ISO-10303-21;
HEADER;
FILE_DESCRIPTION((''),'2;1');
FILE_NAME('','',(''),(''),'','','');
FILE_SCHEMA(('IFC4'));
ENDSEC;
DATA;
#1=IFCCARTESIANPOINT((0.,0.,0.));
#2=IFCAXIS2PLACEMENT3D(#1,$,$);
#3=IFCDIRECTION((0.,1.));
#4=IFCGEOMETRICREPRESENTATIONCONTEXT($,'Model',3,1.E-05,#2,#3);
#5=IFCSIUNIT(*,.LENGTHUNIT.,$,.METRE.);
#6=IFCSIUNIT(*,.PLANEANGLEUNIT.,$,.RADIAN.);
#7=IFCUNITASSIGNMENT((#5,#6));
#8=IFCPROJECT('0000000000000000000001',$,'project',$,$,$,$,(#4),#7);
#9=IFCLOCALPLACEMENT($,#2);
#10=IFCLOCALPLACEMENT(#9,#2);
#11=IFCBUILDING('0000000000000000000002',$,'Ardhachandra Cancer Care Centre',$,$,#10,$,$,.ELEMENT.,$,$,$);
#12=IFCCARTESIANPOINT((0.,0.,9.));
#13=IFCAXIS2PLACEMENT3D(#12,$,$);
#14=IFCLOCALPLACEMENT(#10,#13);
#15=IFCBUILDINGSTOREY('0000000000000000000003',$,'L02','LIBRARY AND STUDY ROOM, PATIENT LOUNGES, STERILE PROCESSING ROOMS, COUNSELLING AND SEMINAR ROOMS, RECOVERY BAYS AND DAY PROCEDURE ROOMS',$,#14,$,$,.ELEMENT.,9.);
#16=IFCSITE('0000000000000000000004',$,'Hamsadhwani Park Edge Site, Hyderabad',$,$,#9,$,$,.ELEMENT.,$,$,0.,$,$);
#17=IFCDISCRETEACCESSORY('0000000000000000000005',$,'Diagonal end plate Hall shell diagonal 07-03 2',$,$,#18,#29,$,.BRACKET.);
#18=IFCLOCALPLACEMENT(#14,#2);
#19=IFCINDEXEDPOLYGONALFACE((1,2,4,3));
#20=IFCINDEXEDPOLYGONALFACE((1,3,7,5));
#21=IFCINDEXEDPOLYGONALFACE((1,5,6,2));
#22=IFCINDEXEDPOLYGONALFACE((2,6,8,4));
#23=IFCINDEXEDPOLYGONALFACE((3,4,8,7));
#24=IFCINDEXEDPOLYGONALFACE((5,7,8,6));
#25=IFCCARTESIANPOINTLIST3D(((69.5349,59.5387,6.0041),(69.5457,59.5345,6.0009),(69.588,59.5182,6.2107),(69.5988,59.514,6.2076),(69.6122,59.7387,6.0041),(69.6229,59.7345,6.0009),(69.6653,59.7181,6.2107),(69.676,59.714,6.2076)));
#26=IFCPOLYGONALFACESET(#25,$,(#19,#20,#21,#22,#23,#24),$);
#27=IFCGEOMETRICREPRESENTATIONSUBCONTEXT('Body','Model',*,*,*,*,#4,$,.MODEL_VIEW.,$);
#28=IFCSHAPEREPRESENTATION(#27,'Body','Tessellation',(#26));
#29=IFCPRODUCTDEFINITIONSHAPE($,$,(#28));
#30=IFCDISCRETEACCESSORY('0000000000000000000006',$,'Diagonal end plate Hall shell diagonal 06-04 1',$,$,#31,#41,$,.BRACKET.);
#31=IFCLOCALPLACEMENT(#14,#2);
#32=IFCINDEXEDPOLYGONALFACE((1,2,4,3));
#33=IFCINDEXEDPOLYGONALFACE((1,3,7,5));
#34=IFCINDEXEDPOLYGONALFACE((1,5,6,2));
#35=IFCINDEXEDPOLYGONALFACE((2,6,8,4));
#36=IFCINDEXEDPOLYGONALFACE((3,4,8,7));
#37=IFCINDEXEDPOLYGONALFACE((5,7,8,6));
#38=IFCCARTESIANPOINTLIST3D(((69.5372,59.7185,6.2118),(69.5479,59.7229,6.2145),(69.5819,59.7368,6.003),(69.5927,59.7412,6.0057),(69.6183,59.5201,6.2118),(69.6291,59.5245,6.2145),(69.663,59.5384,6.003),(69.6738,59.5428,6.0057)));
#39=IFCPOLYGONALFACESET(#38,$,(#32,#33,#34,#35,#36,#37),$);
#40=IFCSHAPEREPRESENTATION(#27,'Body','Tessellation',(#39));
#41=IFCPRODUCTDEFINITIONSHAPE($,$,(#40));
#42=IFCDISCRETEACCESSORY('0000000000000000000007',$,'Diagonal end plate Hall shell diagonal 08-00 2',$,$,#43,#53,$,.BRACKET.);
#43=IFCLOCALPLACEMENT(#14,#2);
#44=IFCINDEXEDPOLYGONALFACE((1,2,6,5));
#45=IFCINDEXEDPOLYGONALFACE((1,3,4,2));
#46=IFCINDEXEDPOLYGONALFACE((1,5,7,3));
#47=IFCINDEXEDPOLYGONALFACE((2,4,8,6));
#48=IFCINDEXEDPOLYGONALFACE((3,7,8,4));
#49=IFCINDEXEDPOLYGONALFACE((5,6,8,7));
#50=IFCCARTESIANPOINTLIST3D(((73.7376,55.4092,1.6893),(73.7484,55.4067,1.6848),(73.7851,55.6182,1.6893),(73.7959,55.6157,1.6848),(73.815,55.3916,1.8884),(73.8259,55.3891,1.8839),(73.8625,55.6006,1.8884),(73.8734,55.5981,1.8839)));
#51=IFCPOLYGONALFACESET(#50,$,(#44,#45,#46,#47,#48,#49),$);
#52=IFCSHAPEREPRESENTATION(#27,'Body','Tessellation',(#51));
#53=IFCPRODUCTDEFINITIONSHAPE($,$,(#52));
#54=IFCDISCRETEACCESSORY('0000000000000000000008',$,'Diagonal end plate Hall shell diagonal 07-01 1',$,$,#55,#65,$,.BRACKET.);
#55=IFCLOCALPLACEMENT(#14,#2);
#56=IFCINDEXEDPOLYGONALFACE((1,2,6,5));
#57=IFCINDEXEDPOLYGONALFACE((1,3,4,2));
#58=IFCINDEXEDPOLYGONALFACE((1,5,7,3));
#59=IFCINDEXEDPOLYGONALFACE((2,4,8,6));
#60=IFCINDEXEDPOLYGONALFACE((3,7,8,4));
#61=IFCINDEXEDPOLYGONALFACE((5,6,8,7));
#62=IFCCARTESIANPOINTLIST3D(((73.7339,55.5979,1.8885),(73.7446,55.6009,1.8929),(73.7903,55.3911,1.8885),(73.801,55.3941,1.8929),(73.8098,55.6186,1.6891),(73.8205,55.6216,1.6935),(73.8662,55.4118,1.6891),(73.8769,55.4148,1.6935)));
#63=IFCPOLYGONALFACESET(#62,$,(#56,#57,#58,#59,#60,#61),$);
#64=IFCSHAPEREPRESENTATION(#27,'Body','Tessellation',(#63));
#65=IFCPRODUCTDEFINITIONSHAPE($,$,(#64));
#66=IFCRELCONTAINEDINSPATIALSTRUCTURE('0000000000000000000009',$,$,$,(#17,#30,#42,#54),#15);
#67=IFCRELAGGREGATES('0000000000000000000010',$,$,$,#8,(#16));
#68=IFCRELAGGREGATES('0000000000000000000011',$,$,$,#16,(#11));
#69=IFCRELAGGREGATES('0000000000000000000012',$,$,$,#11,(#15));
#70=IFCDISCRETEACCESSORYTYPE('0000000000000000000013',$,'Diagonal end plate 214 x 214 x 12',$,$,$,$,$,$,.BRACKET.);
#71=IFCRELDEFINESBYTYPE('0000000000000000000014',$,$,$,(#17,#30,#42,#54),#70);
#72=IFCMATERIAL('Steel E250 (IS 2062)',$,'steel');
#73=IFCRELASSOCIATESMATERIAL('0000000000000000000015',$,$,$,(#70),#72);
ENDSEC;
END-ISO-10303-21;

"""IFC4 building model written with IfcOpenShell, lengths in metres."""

from ifc_helpers import new_model, si_unit, direction, frame, origin, origin_2d, place, context, subcontext, project, spatial, rectangle, extrude, material, material_profile, profile_set, type_object, element, save


model = new_model("IFC4")

# Units and contexts
model_context = context("Model", 3, precision=1e-05, world=origin(), true_north=direction((0.0, 1.0)))
body_context = subcontext(model_context, "Body", "Model", "MODEL_VIEW")
ifc_project = project(units=[si_unit("LENGTHUNIT", "METRE"), si_unit("PLANEANGLEUNIT", "RADIAN")], contexts=[model_context])

# Site, building, storey
site_placement = place(None, origin())
site = spatial("IfcSite", under=ifc_project, at=site_placement, Name="Hamsadhwani Park Edge Site, Hyderabad", CompositionType="ELEMENT", RefElevation=0.0)
building_placement = place(site_placement, origin())
building = spatial("IfcBuilding", under=site, at=building_placement, Name="Ardhachandra Cancer Care Centre", CompositionType="ELEMENT")
storey_placement = place(building_placement, frame((0.0, 0.0, 9.0)))
storey = spatial("IfcBuildingStorey", under=building, at=storey_placement, Name="L02", Description="LIBRARY AND STUDY ROOM, PATIENT LOUNGES, STERILE PROCESSING ROOMS, COUNSELLING AND SEMINAR ROOMS, RECOVERY BAYS AND DAY PROCEDURE ROOMS", CompositionType="ELEMENT", Elevation=9.0)

# Discrete accessories
ifc_material_1 = material(Name="Steel E250 (IS 2062)", Category="steel")
ifc_material_profile_1 = material_profile(ifc_material_1, rectangle(XDim=0.2144, YDim=0.2144, at=origin_2d()), Name="PL 214x214x12")
ifc_profile_set_1 = profile_set([ifc_material_profile_1], Name="Steel E250 (IS 2062)")
discrete_accessory_type = type_object("IfcDiscreteAccessoryType", Name="Diagonal end plate 214 x 214 x 12", PredefinedType="BRACKET", material=ifc_profile_set_1)
for number, where, z_axis, x_axis, name in (
    (1, (69.6001, 59.6284, 6.1074), (0.899271, -0.347446, -0.265694), (0.360399, 0.932798, 0.0), "Diagonal end plate Hall shell diagonal 07-03 2"),
    (2, (69.6001, 59.6284, 6.1074), (0.901723, 0.368887, 0.225431), (-0.378633, 0.925547, 0.0), "Diagonal end plate Hall shell diagonal 06-04 1"),
    (3, (73.8, 55.5049, 1.7888), (0.905726, -0.205847, -0.370524), (0.221621, 0.975133, 0.0), "Diagonal end plate Hall shell diagonal 08-00 2"),
    (4, (73.8, 55.5049, 1.7888), (0.897399, 0.244745, 0.367118), (-0.263117, 0.964764, 0.0), "Diagonal end plate Hall shell diagonal 07-01 1"),
):
    element("IfcDiscreteAccessory", number, at=place(storey_placement, frame(where, z_axis=z_axis, x_axis=x_axis)), inside=storey, type_object=discrete_accessory_type, Name=name, PredefinedType="BRACKET", context=body_context, shape_type="SweptSolid", body=[
        extrude(rectangle(XDim=0.2144, YDim=0.2144, at=origin_2d()), origin(), (0.0, 0.0, 1.0), 0.012),
    ])

save(model, "model.ifc")
